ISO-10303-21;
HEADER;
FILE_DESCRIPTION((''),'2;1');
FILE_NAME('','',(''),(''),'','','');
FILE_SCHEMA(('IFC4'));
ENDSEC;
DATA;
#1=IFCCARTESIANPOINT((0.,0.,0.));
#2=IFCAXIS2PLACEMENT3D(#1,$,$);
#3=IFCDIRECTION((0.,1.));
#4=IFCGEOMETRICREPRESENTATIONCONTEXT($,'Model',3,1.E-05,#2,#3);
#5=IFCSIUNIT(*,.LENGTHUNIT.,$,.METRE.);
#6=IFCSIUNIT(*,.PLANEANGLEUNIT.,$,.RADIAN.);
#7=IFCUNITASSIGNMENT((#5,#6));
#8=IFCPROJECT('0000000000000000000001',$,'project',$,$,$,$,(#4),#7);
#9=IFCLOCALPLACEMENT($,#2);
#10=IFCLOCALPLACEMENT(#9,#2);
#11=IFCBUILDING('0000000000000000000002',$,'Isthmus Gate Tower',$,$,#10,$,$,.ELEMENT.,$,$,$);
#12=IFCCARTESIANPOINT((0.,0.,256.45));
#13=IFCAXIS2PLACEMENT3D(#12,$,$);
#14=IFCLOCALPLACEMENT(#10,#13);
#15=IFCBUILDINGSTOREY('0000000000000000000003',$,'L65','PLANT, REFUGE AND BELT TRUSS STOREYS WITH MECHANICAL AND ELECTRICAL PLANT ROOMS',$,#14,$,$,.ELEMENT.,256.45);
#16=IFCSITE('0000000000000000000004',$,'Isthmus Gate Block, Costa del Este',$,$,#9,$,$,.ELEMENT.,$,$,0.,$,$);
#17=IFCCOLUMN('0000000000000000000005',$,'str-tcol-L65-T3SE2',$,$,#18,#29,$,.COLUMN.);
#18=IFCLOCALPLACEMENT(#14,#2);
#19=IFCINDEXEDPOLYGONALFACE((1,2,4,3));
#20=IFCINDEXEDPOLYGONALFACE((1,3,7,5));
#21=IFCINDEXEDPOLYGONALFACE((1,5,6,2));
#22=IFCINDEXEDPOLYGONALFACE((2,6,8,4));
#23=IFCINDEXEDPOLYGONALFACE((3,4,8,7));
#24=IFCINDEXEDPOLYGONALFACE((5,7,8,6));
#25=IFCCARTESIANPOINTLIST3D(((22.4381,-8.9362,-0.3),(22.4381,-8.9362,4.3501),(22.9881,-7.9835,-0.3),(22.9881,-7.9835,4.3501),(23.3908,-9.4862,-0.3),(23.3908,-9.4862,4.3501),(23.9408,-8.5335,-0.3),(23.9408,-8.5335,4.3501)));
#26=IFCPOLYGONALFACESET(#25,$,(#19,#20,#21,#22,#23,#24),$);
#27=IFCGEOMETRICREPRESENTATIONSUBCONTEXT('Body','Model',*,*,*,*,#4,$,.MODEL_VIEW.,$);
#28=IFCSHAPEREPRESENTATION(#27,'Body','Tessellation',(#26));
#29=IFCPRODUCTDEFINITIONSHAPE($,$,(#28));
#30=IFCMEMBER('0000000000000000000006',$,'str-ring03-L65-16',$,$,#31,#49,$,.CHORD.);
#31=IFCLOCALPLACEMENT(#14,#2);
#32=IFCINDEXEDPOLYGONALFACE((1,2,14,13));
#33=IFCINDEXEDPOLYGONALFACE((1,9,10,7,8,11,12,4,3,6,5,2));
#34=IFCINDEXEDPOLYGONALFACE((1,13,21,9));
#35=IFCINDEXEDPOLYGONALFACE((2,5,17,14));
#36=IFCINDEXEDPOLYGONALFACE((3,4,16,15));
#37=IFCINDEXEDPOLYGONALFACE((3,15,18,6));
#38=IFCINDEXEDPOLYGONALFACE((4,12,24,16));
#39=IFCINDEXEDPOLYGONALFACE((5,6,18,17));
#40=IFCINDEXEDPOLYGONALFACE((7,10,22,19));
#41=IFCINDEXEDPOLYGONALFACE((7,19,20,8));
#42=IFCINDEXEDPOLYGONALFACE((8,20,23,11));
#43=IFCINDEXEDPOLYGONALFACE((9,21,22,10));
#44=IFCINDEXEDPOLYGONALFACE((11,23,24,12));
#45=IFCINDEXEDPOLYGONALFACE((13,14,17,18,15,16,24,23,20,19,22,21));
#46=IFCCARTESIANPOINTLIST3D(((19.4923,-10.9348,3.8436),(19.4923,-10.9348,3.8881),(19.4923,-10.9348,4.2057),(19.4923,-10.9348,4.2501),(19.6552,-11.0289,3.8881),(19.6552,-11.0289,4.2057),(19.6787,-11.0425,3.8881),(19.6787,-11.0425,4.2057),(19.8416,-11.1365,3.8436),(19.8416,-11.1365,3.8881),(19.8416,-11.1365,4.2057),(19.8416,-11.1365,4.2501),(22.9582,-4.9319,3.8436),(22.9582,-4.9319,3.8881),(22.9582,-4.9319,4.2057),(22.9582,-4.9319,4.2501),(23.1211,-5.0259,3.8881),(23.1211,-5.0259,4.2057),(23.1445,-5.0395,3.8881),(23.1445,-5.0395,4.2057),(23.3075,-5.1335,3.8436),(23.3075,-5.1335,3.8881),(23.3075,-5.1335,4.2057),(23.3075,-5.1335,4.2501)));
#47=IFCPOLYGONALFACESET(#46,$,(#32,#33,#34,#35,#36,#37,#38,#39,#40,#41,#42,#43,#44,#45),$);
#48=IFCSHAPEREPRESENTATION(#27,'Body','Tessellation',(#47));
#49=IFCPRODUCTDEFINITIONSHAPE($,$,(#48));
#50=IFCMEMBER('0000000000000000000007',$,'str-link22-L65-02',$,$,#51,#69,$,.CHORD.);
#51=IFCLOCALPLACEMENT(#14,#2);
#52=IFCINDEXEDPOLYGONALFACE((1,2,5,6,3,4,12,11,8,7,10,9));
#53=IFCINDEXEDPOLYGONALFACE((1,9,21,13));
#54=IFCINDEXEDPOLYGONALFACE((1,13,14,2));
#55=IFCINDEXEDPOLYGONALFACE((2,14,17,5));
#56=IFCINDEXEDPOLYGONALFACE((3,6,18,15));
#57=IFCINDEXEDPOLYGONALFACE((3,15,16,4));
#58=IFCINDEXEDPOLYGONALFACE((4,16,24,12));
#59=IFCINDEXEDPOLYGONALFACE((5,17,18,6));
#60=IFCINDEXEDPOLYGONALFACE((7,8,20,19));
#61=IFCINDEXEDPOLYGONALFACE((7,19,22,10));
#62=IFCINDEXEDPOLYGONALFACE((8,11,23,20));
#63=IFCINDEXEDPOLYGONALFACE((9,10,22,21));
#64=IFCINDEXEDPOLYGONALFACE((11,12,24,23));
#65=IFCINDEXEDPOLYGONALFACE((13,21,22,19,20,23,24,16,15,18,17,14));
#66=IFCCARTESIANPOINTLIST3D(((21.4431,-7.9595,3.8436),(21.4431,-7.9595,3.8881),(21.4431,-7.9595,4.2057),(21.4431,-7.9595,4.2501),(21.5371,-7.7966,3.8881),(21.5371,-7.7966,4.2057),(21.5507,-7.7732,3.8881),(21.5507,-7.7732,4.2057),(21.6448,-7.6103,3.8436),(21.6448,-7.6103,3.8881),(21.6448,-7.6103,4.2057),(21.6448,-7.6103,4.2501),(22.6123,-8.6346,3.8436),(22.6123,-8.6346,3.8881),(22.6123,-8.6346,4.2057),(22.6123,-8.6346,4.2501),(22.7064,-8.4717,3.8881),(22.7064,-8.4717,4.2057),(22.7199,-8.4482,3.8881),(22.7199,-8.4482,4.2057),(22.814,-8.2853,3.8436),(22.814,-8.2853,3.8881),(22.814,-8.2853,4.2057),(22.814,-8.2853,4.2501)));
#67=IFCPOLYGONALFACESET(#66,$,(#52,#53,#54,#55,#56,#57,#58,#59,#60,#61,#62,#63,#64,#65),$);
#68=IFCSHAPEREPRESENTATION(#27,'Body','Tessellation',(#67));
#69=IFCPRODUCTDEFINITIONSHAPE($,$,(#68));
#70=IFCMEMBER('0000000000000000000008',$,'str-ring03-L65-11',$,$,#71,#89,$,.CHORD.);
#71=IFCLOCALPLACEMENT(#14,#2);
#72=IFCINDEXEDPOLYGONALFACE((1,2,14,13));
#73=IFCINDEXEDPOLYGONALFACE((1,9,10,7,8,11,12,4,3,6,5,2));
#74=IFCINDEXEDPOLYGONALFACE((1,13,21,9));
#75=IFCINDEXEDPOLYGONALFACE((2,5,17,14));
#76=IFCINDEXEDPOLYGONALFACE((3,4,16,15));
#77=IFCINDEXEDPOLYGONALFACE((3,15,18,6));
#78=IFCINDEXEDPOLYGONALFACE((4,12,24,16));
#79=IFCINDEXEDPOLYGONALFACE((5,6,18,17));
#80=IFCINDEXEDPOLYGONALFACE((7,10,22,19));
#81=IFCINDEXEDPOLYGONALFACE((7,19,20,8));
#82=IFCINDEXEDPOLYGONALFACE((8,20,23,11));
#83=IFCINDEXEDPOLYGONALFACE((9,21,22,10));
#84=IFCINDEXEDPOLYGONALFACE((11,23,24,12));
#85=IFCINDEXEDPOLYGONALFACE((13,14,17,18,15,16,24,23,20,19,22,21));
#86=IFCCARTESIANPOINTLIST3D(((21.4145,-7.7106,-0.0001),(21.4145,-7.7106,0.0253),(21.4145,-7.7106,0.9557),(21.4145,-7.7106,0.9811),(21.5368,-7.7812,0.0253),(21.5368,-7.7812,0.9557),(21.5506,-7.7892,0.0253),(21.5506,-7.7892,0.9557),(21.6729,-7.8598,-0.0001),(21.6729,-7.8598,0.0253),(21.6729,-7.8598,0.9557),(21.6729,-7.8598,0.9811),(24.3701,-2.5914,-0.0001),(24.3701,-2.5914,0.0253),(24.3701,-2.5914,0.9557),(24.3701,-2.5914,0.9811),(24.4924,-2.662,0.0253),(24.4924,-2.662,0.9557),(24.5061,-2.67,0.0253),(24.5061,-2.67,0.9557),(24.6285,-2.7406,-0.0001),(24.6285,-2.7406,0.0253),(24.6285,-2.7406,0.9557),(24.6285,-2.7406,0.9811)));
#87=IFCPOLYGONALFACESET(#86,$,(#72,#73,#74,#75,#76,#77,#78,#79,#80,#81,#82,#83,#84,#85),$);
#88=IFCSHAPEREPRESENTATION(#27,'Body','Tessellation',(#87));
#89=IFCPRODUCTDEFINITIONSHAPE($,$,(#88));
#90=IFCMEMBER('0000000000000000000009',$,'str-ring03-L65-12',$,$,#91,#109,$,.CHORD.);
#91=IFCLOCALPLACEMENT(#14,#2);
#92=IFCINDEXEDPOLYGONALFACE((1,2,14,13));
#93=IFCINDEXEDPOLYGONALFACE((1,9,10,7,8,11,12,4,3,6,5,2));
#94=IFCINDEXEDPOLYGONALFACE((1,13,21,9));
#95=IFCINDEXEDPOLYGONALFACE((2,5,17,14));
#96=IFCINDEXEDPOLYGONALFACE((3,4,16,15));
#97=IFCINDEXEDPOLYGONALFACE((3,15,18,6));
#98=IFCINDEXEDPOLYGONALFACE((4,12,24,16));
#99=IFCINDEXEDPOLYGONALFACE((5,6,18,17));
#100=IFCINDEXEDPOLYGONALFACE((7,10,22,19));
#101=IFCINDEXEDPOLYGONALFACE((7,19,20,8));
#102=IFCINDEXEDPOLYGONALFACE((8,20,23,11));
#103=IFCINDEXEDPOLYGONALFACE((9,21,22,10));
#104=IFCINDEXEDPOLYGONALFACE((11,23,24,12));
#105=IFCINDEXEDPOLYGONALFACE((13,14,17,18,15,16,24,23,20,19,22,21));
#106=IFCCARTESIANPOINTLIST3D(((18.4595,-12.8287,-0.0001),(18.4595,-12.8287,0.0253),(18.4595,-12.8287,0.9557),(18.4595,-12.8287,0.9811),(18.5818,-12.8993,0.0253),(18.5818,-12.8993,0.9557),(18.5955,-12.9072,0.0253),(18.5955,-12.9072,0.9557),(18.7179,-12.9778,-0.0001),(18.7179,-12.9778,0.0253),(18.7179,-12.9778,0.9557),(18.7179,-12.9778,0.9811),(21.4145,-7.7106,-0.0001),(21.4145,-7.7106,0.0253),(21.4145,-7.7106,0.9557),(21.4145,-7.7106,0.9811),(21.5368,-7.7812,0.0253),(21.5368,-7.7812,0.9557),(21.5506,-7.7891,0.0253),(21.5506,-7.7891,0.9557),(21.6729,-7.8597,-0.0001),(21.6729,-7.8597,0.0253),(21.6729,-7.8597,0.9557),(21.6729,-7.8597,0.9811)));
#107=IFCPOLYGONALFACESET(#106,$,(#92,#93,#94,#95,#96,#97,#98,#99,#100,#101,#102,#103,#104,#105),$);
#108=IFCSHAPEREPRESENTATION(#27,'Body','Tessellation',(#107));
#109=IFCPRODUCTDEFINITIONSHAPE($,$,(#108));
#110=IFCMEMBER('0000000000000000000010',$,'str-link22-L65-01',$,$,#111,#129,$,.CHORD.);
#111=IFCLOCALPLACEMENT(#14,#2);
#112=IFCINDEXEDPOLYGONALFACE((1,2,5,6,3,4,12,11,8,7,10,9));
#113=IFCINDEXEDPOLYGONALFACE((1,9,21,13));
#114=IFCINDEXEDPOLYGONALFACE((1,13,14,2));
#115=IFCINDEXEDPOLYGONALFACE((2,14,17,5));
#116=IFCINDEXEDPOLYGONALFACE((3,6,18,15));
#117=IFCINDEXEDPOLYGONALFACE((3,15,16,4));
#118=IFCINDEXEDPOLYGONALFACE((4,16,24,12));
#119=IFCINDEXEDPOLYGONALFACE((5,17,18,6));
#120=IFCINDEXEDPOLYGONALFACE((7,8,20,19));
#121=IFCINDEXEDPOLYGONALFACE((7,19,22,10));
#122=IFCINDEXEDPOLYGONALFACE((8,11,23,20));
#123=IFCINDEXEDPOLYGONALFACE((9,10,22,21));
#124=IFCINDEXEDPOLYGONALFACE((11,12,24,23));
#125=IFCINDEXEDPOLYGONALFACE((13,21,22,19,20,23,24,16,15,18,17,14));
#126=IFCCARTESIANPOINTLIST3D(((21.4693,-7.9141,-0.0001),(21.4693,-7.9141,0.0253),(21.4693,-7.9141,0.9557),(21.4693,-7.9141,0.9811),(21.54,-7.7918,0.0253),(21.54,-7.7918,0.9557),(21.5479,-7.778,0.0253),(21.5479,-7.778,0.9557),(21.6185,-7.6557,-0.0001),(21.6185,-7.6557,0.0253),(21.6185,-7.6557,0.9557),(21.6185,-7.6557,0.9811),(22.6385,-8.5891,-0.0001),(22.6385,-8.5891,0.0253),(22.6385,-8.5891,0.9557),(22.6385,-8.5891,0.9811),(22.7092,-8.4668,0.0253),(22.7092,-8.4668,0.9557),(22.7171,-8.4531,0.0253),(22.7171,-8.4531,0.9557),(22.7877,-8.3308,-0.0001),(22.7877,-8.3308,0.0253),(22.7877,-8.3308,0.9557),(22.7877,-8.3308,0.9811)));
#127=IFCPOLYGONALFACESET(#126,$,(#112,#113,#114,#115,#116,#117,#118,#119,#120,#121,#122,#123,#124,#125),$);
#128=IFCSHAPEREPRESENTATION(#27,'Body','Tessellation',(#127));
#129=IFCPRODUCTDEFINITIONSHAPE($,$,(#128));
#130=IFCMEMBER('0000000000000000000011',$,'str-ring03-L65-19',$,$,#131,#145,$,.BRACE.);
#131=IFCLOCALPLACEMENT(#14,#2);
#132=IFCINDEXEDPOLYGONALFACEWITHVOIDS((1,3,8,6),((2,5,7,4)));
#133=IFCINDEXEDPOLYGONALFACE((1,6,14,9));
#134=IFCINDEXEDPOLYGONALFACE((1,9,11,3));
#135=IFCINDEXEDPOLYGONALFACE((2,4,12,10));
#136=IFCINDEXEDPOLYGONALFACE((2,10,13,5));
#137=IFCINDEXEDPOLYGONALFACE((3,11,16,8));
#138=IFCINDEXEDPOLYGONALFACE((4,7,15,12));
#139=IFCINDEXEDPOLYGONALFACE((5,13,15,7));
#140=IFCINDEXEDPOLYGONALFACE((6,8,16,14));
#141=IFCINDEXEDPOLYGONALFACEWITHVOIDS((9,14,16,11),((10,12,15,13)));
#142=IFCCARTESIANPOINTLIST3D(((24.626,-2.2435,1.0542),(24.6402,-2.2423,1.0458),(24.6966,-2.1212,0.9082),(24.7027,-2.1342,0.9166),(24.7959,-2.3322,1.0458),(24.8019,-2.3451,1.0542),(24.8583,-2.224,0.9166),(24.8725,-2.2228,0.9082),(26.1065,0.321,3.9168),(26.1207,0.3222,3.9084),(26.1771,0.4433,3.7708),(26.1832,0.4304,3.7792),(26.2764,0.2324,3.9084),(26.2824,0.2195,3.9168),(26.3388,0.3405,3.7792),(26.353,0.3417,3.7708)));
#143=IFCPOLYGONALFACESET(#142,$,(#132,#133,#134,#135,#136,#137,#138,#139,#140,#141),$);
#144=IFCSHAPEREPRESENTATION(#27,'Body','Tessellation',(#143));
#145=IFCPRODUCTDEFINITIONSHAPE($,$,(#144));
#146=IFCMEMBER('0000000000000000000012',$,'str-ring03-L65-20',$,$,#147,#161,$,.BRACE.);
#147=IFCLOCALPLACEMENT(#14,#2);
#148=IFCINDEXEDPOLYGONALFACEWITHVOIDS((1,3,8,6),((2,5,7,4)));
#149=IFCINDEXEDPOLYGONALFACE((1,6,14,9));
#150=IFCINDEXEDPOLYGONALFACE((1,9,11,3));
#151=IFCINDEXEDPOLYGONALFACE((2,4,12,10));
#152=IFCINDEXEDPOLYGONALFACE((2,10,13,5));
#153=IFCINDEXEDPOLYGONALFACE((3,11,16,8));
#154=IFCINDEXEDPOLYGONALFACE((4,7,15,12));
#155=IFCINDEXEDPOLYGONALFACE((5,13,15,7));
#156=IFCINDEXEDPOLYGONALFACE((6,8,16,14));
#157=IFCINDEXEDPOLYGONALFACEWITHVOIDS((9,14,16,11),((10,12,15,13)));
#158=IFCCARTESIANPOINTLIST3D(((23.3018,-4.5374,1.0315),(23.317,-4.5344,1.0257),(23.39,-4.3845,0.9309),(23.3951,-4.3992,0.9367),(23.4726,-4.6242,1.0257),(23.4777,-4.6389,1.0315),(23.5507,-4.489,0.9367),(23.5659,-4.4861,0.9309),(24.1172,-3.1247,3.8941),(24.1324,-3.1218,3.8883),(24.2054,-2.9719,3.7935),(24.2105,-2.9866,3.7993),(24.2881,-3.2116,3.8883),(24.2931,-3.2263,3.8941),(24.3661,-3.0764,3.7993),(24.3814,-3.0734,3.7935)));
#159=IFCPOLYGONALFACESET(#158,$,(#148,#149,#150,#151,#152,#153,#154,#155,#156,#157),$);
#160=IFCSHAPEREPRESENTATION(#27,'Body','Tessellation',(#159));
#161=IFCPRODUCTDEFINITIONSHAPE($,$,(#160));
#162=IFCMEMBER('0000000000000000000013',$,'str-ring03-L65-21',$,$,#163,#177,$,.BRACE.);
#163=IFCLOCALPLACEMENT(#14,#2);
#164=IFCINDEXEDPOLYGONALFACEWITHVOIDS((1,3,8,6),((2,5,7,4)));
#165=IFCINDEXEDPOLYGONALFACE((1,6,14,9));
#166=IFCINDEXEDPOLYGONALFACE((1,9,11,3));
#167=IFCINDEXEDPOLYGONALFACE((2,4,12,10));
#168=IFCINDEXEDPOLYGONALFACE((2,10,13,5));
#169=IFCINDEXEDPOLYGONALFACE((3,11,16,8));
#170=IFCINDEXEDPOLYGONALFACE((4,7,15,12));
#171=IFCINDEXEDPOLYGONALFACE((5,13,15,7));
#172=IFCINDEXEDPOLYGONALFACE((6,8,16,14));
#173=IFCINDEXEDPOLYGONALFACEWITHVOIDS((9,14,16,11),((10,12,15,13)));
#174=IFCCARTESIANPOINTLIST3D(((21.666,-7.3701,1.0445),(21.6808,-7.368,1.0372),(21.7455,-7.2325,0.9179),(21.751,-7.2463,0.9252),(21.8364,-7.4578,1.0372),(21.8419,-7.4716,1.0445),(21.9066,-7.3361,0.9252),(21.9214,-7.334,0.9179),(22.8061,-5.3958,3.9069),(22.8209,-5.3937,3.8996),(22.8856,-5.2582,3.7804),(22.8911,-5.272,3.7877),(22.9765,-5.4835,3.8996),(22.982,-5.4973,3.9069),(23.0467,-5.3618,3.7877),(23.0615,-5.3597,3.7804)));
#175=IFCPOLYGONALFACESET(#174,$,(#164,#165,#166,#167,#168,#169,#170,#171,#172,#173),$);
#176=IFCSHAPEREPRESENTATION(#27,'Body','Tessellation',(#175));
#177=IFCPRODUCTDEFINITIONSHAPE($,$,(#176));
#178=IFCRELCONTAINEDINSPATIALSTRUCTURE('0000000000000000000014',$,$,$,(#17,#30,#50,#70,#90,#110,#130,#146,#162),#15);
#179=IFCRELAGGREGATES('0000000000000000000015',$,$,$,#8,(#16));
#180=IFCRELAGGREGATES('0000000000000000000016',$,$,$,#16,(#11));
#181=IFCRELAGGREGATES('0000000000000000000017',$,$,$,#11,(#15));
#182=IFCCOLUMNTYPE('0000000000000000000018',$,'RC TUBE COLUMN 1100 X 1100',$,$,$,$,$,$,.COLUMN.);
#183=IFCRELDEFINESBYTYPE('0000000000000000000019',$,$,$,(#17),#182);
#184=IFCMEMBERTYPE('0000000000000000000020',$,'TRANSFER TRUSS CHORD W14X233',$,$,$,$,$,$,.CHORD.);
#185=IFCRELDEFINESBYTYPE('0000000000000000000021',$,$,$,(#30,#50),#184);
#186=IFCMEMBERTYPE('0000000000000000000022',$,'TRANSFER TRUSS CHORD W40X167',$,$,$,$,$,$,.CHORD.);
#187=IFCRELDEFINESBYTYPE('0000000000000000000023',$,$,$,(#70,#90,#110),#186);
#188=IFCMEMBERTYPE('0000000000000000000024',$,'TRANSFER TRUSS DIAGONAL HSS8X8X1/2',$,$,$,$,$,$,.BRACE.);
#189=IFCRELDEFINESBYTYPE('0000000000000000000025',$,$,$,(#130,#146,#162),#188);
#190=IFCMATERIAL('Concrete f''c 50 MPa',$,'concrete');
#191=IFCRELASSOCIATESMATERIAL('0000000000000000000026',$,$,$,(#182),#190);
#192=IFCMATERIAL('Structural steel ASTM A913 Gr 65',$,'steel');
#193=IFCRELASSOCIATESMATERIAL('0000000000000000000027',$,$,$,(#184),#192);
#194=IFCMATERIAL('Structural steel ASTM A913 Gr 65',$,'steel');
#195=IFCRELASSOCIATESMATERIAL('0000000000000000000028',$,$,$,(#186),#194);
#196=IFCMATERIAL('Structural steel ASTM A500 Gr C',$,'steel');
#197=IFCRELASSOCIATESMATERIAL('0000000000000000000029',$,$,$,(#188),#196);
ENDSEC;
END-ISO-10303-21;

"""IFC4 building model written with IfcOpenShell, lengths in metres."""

from ifc_helpers import new_model, si_unit, direction, frame, origin, origin_2d, place, context, subcontext, project, spatial, rectangle, hollow_rectangle, i_section, extrude, material, material_profile, profile_set, type_object, element, save


model = new_model("IFC4")

# Units and contexts
model_context = context("Model", 3, precision=1e-05, world=origin(), true_north=direction((0.0, 1.0)))
body_context = subcontext(model_context, "Body", "Model", "MODEL_VIEW")
ifc_project = project(units=[si_unit("LENGTHUNIT", "METRE"), si_unit("PLANEANGLEUNIT", "RADIAN")], contexts=[model_context])

# Site, building, storey
site_placement = place(None, origin())
site = spatial("IfcSite", under=ifc_project, at=site_placement, Name="Isthmus Gate Block, Costa del Este", CompositionType="ELEMENT", RefElevation=0.0)
building_placement = place(site_placement, origin())
building = spatial("IfcBuilding", under=site, at=building_placement, Name="Isthmus Gate Tower", CompositionType="ELEMENT")
storey_placement = place(building_placement, frame((0.0, 0.0, 256.45)))
storey = spatial("IfcBuildingStorey", under=building, at=storey_placement, Name="L65", Description="PLANT, REFUGE AND BELT TRUSS STOREYS WITH MECHANICAL AND ELECTRICAL PLANT ROOMS", CompositionType="ELEMENT", Elevation=256.45)

# Column
ifc_material_1 = material(Name="Concrete f'c 50 MPa", Category="concrete")
ifc_material_profile_1 = material_profile(ifc_material_1, rectangle(XDim=1.1001, YDim=1.1001, at=origin_2d()), Name="RC 1100X1100")
ifc_profile_set_1 = profile_set([ifc_material_profile_1], Name="Concrete f'c 50 MPa")
column_type = type_object("IfcColumnType", Name="RC TUBE COLUMN 1100 X 1100", PredefinedType="COLUMN", material=ifc_profile_set_1)
column_placement = place(storey_placement, frame((23.1895, -8.7349, -0.3), z_axis=(0.0, 0.0, 1.0), x_axis=(0.5, 0.866025, 0.0)))
element("IfcColumn", 1, at=column_placement, inside=storey, type_object=column_type, Name="str-tcol-L65-T3SE2", PredefinedType="COLUMN", context=body_context, shape_type="SweptSolid", body=[
    extrude(rectangle(XDim=1.1001, YDim=1.1001, at=origin_2d()), origin(), (0.0, 0.0, 1.0), 4.6501),
])

# Members
ifc_material_2 = material(Name="Structural steel ASTM A913 Gr 65", Category="steel")
ifc_material_profile_2 = material_profile(ifc_material_2, i_section(OverallWidth=0.4033, OverallDepth=0.4065, WebThickness=0.0271, FlangeThickness=0.0444, at=origin_2d()), Name="W14X233")
ifc_profile_set_2 = profile_set([ifc_material_profile_2], Name="Structural steel ASTM A913 Gr 65")
member_type_1 = type_object("IfcMemberType", Name="TRANSFER TRUSS CHORD W14X233", PredefinedType="CHORD", material=ifc_profile_set_2)
member_1_placement = place(storey_placement, frame((23.1328, -5.0327, 4.0469), z_axis=(-0.500003, -0.866024, 0.0), x_axis=(0.866024, -0.500003, 0.0)))
element("IfcMember", 2, at=member_1_placement, inside=storey, type_object=member_type_1, Name="str-ring03-L65-16", PredefinedType="CHORD", context=body_context, shape_type="SweptSolid", body=[
    extrude(i_section(OverallWidth=0.4033, OverallDepth=0.4065, WebThickness=0.0271, FlangeThickness=0.0444, at=origin_2d()), origin(), (0.0, 0.0, 1.0), 6.9316),
])
member_2_placement = place(storey_placement, frame((22.7131, -8.46, 4.0469), z_axis=(-0.86602, 0.500009, 0.0), x_axis=(-0.500009, -0.86602, 0.0)))
element("IfcMember", 3, at=member_2_placement, inside=storey, type_object=member_type_1, Name="str-link22-L65-02", PredefinedType="CHORD", context=body_context, shape_type="SweptSolid", body=[
    extrude(i_section(OverallWidth=0.4033, OverallDepth=0.4065, WebThickness=0.0271, FlangeThickness=0.0444, at=origin_2d()), origin(), (0.0, 0.0, 1.0), 1.3501),
])
ifc_material_3 = material(Name="Structural steel ASTM A913 Gr 65", Category="steel")
ifc_material_profile_3 = material_profile(ifc_material_3, i_section(OverallWidth=0.2983, OverallDepth=0.9812, WebThickness=0.0159, FlangeThickness=0.0254, at=origin_2d()), Name="W40X167")
ifc_profile_set_3 = profile_set([ifc_material_profile_3], Name="Structural steel ASTM A913 Gr 65")
member_type_2 = type_object("IfcMemberType", Name="TRANSFER TRUSS CHORD W40X167", PredefinedType="CHORD", material=ifc_profile_set_3)
member_3_placement = place(storey_placement, frame((24.4993, -2.666, 0.4905), z_axis=(-0.500004, -0.866023, 0.0), x_axis=(0.866023, -0.500004, 0.0)))
element("IfcMember", 4, at=member_3_placement, inside=storey, type_object=member_type_2, Name="str-ring03-L65-11", PredefinedType="CHORD", context=body_context, shape_type="SweptSolid", body=[
    extrude(i_section(OverallWidth=0.2983, OverallDepth=0.9812, WebThickness=0.0159, FlangeThickness=0.0254, at=origin_2d()), origin(), (0.0, 0.0, 1.0), 5.9111),
])
member_4_placement = place(storey_placement, frame((21.5437, -7.7852, 0.4905), z_axis=(-0.500013, -0.866018, 0.0), x_axis=(0.866018, -0.500013, 0.0)))
element("IfcMember", 5, at=member_4_placement, inside=storey, type_object=member_type_2, Name="str-ring03-L65-12", PredefinedType="CHORD", context=body_context, shape_type="SweptSolid", body=[
    extrude(i_section(OverallWidth=0.2983, OverallDepth=0.9812, WebThickness=0.0159, FlangeThickness=0.0254, at=origin_2d()), origin(), (0.0, 0.0, 1.0), 5.9099),
])
member_5_placement = place(storey_placement, frame((22.7131, -8.46, 0.4905), z_axis=(-0.86602, 0.500009, 0.0), x_axis=(-0.500009, -0.86602, 0.0)))
element("IfcMember", 6, at=member_5_placement, inside=storey, type_object=member_type_2, Name="str-link22-L65-01", PredefinedType="CHORD", context=body_context, shape_type="SweptSolid", body=[
    extrude(i_section(OverallWidth=0.2983, OverallDepth=0.9812, WebThickness=0.0159, FlangeThickness=0.0254, at=origin_2d()), origin(), (0.0, 0.0, 1.0), 1.3501),
])
ifc_material_4 = material(Name="Structural steel ASTM A500 Gr C", Category="steel")
ifc_material_profile_4 = material_profile(ifc_material_4, hollow_rectangle(XDim=0.2031, YDim=0.2031, WallThickness=0.0117, at=origin_2d()), Name="HSS8X8X1/2")
ifc_profile_set_4 = profile_set([ifc_material_profile_4], Name="Structural steel ASTM A500 Gr C")
member_type_3 = type_object("IfcMemberType", Name="TRANSFER TRUSS DIAGONAL HSS8X8X1/2", PredefinedType="BRACE", material=ifc_profile_set_4)
member_6_placement = place(storey_placement, frame((24.7493, -2.2332, 0.9812), z_axis=(0.359464, 0.62266, 0.695039), x_axis=(-0.866043, 0.49997, 0.0)))
element("IfcMember", 7, at=member_6_placement, inside=storey, type_object=member_type_3, Name="str-ring03-L65-19", PredefinedType="BRACE", context=body_context, shape_type="SweptSolid", body=[
    extrude(hollow_rectangle(XDim=0.2031, YDim=0.2031, WallThickness=0.0117, at=origin_2d()), origin(), (0.0, 0.0, 1.0), 4.1187),
])
member_7_placement = place(storey_placement, frame((23.4338, -4.5117, 0.9812), z_axis=(0.247503, 0.428758, 0.868855), x_axis=(-0.866061, 0.499938, 0.0)))
element("IfcMember", 8, at=member_7_placement, inside=storey, type_object=member_type_3, Name="str-ring03-L65-20", PredefinedType="BRACE", context=body_context, shape_type="SweptSolid", body=[
    extrude(hollow_rectangle(XDim=0.2031, YDim=0.2031, WallThickness=0.0117, at=origin_2d()), origin(), (0.0, 0.0, 1.0), 3.2947),
])
member_8_placement = place(storey_placement, frame((21.7937, -7.3521, 0.9812), z_axis=(0.311552, 0.539512, 0.782216), x_axis=(-0.86598, 0.500078, 0.0)))
element("IfcMember", 9, at=member_8_placement, inside=storey, type_object=member_type_3, Name="str-ring03-L65-21", PredefinedType="BRACE", context=body_context, shape_type="SweptSolid", body=[
    extrude(hollow_rectangle(XDim=0.2031, YDim=0.2031, WallThickness=0.0117, at=origin_2d()), origin(), (0.0, 0.0, 1.0), 3.6594),
])

save(model, "model.ifc")
